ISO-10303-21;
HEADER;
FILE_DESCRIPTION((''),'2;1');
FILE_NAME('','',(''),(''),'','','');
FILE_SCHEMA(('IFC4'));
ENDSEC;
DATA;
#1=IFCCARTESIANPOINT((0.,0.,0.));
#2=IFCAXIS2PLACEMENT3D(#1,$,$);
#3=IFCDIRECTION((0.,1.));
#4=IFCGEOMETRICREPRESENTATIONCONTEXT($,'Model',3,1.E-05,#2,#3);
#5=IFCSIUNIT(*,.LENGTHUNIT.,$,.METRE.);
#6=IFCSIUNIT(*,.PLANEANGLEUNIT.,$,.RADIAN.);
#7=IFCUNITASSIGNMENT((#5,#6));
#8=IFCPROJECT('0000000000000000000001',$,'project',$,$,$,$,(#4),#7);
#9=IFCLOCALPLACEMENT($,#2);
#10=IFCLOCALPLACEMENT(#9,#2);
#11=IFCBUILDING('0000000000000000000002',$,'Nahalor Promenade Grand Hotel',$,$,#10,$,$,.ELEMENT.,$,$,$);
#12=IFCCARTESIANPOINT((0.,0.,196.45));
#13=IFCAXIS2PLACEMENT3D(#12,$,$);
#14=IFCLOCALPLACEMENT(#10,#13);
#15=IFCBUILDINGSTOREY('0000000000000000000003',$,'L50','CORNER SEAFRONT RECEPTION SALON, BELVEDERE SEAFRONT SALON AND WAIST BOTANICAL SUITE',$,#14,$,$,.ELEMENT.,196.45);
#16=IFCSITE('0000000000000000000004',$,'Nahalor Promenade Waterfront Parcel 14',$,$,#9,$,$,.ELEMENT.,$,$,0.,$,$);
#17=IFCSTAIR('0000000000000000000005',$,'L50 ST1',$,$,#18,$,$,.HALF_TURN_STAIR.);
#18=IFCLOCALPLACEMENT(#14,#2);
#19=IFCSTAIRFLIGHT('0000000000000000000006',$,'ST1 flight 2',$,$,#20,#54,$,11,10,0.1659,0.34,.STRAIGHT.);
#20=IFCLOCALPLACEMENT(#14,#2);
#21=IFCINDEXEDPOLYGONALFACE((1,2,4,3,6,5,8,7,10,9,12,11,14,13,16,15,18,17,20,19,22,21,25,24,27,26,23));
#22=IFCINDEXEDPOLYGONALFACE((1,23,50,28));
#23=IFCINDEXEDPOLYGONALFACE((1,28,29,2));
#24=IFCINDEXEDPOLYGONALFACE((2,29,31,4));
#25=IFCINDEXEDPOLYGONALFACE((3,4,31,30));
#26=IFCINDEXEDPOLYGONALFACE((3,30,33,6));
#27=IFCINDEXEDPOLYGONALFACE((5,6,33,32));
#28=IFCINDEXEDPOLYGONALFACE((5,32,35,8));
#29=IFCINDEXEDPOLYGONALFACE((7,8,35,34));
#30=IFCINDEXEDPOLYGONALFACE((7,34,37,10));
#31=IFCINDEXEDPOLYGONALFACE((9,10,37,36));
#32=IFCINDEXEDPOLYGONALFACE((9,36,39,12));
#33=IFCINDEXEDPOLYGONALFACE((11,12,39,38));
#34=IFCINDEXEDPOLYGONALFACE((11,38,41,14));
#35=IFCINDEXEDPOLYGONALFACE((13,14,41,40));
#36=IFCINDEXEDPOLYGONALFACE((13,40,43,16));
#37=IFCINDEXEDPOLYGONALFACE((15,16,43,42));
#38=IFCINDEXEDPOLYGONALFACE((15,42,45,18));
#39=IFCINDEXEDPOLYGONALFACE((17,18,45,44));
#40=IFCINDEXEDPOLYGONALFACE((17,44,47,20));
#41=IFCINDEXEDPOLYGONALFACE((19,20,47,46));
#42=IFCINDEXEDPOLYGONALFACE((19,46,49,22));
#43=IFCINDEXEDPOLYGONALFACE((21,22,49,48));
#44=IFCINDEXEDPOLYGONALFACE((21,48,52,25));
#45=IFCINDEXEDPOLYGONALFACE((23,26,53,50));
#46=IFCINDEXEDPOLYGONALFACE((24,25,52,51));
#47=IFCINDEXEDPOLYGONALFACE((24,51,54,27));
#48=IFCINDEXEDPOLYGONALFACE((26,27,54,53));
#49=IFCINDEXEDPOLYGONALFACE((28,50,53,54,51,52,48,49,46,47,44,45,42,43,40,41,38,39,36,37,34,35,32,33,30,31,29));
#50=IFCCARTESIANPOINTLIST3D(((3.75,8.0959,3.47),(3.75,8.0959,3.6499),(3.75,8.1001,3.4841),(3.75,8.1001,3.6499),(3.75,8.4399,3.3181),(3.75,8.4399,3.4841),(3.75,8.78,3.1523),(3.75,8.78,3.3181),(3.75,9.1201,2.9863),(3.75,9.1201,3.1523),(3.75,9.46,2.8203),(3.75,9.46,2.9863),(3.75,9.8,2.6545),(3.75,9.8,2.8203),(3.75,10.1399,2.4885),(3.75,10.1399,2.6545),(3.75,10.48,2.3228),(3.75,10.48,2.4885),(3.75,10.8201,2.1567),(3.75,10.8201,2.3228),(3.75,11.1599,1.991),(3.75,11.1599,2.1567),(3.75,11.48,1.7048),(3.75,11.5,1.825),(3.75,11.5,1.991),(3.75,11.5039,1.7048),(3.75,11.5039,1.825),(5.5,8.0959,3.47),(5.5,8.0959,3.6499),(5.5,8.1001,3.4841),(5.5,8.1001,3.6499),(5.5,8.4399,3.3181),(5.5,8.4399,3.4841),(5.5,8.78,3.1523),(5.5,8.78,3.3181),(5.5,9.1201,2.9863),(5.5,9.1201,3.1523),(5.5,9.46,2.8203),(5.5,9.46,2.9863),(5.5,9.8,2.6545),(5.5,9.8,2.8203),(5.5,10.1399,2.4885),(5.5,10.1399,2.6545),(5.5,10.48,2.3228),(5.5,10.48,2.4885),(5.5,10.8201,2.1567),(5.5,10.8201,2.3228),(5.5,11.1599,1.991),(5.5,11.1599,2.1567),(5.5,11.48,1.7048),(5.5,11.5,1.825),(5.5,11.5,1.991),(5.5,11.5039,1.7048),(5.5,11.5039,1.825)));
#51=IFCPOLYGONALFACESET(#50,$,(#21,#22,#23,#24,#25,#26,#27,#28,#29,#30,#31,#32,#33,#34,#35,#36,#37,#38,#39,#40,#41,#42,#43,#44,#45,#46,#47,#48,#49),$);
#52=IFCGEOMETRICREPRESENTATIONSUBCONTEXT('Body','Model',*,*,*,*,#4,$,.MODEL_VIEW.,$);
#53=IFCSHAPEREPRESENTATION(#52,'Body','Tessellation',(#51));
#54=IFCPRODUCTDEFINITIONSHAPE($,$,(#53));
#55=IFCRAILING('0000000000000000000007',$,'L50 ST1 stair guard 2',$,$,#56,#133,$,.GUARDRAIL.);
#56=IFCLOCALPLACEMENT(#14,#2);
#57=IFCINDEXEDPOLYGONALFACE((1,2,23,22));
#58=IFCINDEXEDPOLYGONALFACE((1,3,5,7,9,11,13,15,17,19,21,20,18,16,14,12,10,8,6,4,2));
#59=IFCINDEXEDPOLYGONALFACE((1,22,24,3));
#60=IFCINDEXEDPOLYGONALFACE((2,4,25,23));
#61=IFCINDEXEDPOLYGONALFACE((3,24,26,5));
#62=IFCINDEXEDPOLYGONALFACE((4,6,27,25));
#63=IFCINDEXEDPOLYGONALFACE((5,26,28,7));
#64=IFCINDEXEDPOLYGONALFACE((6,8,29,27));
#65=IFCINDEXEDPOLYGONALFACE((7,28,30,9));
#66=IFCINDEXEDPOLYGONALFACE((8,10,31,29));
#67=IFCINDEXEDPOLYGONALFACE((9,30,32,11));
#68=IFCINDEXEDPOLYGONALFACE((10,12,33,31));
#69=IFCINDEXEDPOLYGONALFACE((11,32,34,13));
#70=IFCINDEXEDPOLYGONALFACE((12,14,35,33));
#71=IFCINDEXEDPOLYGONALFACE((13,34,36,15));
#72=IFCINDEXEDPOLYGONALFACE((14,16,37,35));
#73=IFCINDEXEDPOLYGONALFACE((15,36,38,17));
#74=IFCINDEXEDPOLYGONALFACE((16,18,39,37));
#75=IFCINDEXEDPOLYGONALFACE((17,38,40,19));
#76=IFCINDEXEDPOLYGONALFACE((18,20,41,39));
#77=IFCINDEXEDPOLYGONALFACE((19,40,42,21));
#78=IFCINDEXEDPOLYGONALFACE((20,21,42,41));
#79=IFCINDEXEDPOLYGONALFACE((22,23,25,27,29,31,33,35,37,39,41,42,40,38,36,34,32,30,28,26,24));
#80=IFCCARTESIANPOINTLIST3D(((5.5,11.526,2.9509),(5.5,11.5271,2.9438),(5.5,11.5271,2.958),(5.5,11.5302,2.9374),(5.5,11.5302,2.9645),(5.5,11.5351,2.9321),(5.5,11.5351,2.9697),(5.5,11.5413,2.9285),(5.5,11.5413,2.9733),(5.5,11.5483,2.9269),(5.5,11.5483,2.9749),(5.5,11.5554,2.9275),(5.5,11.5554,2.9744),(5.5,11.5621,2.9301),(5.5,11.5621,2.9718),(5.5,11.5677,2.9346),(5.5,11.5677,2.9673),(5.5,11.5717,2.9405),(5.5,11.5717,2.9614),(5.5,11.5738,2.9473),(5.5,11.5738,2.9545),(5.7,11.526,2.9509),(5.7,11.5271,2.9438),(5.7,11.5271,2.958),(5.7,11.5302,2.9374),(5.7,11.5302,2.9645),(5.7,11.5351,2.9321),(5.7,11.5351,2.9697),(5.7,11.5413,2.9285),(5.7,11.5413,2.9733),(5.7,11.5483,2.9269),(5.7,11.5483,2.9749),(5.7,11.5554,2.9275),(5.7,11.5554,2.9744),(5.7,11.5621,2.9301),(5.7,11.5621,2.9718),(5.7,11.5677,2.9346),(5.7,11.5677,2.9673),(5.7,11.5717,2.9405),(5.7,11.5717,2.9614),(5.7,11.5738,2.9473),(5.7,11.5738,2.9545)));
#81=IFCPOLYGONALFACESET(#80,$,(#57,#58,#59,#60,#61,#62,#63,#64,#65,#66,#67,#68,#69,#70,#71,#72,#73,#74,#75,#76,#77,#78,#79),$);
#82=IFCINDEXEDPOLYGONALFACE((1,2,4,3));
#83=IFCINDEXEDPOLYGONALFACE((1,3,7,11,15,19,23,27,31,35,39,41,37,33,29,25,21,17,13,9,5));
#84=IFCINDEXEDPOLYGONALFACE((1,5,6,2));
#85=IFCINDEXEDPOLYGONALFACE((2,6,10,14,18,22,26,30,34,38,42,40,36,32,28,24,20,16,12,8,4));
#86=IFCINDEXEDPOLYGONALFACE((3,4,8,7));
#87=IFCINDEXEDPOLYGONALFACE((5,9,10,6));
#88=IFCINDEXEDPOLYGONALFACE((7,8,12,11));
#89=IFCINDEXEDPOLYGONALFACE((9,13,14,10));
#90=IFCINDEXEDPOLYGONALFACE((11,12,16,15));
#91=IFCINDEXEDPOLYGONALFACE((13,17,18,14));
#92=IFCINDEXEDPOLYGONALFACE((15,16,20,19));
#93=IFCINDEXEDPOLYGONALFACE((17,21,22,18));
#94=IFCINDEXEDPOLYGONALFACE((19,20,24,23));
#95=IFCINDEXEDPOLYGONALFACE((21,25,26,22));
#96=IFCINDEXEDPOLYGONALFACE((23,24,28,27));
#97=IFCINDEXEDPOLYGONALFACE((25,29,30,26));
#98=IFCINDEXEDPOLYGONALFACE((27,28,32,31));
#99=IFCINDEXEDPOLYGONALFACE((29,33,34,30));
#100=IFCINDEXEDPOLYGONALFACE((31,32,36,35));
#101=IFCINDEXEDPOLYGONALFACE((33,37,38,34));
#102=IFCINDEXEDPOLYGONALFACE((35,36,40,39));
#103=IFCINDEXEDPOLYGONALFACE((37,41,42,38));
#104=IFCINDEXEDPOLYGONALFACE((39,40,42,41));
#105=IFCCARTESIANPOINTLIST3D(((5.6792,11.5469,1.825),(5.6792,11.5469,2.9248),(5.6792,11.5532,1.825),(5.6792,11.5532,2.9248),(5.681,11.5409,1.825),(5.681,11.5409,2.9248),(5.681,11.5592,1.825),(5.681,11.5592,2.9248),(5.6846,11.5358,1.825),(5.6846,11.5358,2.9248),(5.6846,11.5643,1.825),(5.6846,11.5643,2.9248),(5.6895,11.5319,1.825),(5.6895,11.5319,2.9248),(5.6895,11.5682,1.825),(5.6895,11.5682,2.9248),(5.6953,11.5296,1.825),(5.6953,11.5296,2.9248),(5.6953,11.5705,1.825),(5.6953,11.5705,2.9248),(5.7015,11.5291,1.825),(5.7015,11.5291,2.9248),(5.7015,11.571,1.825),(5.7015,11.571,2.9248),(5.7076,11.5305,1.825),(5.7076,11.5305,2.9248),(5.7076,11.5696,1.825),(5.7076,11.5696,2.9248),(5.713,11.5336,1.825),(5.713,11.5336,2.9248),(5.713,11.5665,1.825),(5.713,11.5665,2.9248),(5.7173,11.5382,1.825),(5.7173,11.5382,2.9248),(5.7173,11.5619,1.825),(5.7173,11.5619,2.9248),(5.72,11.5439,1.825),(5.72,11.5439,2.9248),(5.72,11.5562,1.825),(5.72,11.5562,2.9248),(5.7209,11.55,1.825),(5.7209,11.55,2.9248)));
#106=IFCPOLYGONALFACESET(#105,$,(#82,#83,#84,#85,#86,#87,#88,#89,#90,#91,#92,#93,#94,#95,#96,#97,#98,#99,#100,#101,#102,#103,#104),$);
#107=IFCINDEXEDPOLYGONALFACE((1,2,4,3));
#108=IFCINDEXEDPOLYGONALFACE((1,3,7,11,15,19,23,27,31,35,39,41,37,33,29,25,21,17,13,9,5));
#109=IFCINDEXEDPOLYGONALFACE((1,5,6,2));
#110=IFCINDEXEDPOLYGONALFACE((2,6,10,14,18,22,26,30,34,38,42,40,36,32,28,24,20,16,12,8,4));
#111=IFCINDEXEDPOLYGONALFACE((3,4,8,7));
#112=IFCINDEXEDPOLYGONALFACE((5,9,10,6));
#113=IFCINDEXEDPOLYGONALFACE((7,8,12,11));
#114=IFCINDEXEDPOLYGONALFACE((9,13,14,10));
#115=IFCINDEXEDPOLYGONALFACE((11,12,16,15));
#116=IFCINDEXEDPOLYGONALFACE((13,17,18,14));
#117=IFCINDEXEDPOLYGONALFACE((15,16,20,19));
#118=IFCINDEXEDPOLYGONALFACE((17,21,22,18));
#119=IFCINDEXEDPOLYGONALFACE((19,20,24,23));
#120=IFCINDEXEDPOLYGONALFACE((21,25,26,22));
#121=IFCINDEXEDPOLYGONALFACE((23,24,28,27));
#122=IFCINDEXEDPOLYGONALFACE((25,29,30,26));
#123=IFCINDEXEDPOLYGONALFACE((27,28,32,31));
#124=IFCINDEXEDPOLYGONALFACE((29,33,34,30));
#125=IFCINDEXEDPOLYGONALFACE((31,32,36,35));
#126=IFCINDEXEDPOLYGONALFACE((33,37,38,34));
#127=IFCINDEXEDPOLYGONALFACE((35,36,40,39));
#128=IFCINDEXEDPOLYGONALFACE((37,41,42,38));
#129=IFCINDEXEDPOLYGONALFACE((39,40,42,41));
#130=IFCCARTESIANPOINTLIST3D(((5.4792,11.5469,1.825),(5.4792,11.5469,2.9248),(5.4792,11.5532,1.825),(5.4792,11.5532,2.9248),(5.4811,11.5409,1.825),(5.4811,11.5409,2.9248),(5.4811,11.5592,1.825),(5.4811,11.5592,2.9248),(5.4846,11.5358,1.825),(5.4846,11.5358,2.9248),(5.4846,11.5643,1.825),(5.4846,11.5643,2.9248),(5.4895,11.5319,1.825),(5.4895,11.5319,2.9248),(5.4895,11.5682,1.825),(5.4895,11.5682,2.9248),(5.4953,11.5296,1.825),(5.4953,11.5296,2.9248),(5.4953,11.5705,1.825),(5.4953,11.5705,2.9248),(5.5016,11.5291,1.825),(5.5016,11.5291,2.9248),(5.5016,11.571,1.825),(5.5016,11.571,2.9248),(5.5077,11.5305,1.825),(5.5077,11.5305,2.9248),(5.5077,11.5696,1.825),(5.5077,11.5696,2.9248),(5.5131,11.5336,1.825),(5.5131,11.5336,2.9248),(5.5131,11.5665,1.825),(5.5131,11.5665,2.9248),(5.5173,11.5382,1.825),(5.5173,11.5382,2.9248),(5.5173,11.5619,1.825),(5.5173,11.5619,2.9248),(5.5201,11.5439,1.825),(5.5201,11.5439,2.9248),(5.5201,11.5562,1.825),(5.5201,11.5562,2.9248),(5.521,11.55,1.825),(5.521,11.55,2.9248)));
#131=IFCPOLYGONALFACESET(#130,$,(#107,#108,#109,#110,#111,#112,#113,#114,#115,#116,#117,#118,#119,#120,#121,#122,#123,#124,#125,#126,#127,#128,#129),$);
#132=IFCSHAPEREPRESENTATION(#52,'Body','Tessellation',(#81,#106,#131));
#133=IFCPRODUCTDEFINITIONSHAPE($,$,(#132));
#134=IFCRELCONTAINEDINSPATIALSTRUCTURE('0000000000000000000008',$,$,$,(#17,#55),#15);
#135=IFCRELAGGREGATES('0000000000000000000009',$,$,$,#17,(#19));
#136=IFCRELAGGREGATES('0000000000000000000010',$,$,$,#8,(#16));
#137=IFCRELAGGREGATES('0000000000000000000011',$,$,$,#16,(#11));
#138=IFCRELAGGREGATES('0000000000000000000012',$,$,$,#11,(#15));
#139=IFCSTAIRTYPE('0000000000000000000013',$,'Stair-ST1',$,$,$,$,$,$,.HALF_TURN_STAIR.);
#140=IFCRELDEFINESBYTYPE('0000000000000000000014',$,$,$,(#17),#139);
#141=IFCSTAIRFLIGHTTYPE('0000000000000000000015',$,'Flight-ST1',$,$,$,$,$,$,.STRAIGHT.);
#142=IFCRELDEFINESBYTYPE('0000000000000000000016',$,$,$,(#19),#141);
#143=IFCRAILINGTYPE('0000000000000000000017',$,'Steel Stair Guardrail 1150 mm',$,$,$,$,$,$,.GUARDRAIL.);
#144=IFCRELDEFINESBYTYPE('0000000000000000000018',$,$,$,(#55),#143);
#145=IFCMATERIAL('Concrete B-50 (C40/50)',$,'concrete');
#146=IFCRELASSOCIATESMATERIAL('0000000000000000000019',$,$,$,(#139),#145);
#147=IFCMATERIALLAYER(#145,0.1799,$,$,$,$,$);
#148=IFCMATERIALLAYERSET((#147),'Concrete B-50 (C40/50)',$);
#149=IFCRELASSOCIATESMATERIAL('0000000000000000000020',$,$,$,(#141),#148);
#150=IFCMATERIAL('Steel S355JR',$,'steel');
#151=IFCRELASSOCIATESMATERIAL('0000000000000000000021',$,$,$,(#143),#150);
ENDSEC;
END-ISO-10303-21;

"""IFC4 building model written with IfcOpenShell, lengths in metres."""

from ifc_helpers import new_model, si_unit, direction, frame, origin, origin_2d, place, context, subcontext, project, spatial, polyline, circle, outline, extrude, source, transform, mapped, material, layer, layer_set, type_object, element, aggregate, save


model = new_model("IFC4")

# Units and contexts
model_context = context("Model", 3, precision=1e-05, world=origin(), true_north=direction((0.0, 1.0)))
body_context = subcontext(model_context, "Body", "Model", "MODEL_VIEW")
ifc_project = project(units=[si_unit("LENGTHUNIT", "METRE"), si_unit("PLANEANGLEUNIT", "RADIAN")], contexts=[model_context])

# Site, building, storey
site_placement = place(None, origin())
site = spatial("IfcSite", under=ifc_project, at=site_placement, Name="Nahalor Promenade Waterfront Parcel 14", CompositionType="ELEMENT", RefElevation=0.0)
building_placement = place(site_placement, origin())
building = spatial("IfcBuilding", under=site, at=building_placement, Name="Nahalor Promenade Grand Hotel", CompositionType="ELEMENT")
storey_placement = place(building_placement, frame((0.0, 0.0, 196.45)))
storey = spatial("IfcBuildingStorey", under=building, at=storey_placement, Name="L50", Description="CORNER SEAFRONT RECEPTION SALON, BELVEDERE SEAFRONT SALON AND WAIST BOTANICAL SUITE", CompositionType="ELEMENT", Elevation=196.45)

# Shared definitions
ifc_material_1 = material(Name="Steel S355JR", Category="steel")

# Shared definitions
ifc_material_2 = material(Name="Concrete B-50 (C40/50)", Category="concrete")

# Stair, stair flight
stair_type = type_object("IfcStairType", Name="Stair-ST1", PredefinedType="HALF_TURN_STAIR", material=ifc_material_2)
stair_placement = place(storey_placement, origin())
stair = element("IfcStair", 1, at=stair_placement, inside=storey, type_object=stair_type, Name="L50 ST1", PredefinedType="HALF_TURN_STAIR")
ifc_layer_1 = layer(ifc_material_2, 0.1799)
ifc_layer_set_1 = layer_set([ifc_layer_1], Name="Concrete B-50 (C40/50)")
stair_flight_type = type_object("IfcStairFlightType", Name="Flight-ST1", PredefinedType="STRAIGHT", material=ifc_layer_set_1)
shared_shape_1 = source(origin(), body_context, "Body", "SweptSolid", [
    extrude(outline(polyline([(-0.0039, -0.1201), (-0.0039, 0.0), (0.0, 0.0), (0.0, 0.166), (0.3401, 0.166), (0.3401, 0.3318), (0.6799, 0.3318), (0.6799, 0.4978), (1.02, 0.4978), (1.02, 0.6636), (1.3601, 0.6636), (1.3601, 0.8296), (1.7, 0.8296), (1.7, 0.9954), (2.04, 0.9954), (2.04, 1.1614), (2.3799, 1.1614), (2.3799, 1.3274), (2.72, 1.3274), (2.72, 1.4932), (3.0601, 1.4932), (3.0601, 1.6592), (3.3999, 1.6592), (3.3999, 1.825), (3.4041, 1.825), (3.4041, 1.645), (0.02, -0.1201), (-0.0039, -0.1201)])), frame((0.0, 0.875, 0.0), z_axis=(0.0, -1.0, 0.0), x_axis=(1.0, 0.0, 0.0)), (0.0, 0.0, 1.0), 1.75),
])
stair_flight_placement = place(storey_placement, frame((4.625, 11.5, 1.825), z_axis=(0.0, 0.0, 1.0), x_axis=(0.0, -1.0, 0.0)))
stair_flight = element("IfcStairFlight", 2, at=stair_flight_placement, type_object=stair_flight_type, Name="ST1 flight 2", NumberOfRisers=11, NumberOfTreads=10, PredefinedType="STRAIGHT", RiserHeight=0.1659, TreadLength=0.34, context=body_context, shape_type="MappedRepresentation", body=[
    mapped(shared_shape_1, transform((0.0, 0.0, 0.0), scale=1.0)),
])
aggregate(stair, [stair_flight])

# Railing
railing_type = type_object("IfcRailingType", Name="Steel Stair Guardrail 1150 mm", PredefinedType="GUARDRAIL", material=ifc_material_1)
railing_1_placement = place(storey_placement, frame((5.7, 11.55, 1.825)))
element("IfcRailing", 3, at=railing_1_placement, inside=storey, type_object=railing_type, Name="L50 ST1 stair guard 2", PredefinedType="GUARDRAIL", context=body_context, shape_type="SweptSolid", body=[
    extrude(circle(Radius=0.024, at=origin_2d()), frame((0.0, 0.0, 1.126), z_axis=(-1.0, 0.0, 0.0), x_axis=(0.0, -1.0, 0.0)), (0.0, 0.0, 1.0), 0.2),
    extrude(circle(Radius=0.021, at=origin_2d()), origin(), (0.0, 0.0, 1.0), 1.0999),
    extrude(circle(Radius=0.021, at=origin_2d()), frame((-0.2, 0.0, 0.0)), (0.0, 0.0, 1.0), 1.0999),
])

save(model, "model.ifc")
